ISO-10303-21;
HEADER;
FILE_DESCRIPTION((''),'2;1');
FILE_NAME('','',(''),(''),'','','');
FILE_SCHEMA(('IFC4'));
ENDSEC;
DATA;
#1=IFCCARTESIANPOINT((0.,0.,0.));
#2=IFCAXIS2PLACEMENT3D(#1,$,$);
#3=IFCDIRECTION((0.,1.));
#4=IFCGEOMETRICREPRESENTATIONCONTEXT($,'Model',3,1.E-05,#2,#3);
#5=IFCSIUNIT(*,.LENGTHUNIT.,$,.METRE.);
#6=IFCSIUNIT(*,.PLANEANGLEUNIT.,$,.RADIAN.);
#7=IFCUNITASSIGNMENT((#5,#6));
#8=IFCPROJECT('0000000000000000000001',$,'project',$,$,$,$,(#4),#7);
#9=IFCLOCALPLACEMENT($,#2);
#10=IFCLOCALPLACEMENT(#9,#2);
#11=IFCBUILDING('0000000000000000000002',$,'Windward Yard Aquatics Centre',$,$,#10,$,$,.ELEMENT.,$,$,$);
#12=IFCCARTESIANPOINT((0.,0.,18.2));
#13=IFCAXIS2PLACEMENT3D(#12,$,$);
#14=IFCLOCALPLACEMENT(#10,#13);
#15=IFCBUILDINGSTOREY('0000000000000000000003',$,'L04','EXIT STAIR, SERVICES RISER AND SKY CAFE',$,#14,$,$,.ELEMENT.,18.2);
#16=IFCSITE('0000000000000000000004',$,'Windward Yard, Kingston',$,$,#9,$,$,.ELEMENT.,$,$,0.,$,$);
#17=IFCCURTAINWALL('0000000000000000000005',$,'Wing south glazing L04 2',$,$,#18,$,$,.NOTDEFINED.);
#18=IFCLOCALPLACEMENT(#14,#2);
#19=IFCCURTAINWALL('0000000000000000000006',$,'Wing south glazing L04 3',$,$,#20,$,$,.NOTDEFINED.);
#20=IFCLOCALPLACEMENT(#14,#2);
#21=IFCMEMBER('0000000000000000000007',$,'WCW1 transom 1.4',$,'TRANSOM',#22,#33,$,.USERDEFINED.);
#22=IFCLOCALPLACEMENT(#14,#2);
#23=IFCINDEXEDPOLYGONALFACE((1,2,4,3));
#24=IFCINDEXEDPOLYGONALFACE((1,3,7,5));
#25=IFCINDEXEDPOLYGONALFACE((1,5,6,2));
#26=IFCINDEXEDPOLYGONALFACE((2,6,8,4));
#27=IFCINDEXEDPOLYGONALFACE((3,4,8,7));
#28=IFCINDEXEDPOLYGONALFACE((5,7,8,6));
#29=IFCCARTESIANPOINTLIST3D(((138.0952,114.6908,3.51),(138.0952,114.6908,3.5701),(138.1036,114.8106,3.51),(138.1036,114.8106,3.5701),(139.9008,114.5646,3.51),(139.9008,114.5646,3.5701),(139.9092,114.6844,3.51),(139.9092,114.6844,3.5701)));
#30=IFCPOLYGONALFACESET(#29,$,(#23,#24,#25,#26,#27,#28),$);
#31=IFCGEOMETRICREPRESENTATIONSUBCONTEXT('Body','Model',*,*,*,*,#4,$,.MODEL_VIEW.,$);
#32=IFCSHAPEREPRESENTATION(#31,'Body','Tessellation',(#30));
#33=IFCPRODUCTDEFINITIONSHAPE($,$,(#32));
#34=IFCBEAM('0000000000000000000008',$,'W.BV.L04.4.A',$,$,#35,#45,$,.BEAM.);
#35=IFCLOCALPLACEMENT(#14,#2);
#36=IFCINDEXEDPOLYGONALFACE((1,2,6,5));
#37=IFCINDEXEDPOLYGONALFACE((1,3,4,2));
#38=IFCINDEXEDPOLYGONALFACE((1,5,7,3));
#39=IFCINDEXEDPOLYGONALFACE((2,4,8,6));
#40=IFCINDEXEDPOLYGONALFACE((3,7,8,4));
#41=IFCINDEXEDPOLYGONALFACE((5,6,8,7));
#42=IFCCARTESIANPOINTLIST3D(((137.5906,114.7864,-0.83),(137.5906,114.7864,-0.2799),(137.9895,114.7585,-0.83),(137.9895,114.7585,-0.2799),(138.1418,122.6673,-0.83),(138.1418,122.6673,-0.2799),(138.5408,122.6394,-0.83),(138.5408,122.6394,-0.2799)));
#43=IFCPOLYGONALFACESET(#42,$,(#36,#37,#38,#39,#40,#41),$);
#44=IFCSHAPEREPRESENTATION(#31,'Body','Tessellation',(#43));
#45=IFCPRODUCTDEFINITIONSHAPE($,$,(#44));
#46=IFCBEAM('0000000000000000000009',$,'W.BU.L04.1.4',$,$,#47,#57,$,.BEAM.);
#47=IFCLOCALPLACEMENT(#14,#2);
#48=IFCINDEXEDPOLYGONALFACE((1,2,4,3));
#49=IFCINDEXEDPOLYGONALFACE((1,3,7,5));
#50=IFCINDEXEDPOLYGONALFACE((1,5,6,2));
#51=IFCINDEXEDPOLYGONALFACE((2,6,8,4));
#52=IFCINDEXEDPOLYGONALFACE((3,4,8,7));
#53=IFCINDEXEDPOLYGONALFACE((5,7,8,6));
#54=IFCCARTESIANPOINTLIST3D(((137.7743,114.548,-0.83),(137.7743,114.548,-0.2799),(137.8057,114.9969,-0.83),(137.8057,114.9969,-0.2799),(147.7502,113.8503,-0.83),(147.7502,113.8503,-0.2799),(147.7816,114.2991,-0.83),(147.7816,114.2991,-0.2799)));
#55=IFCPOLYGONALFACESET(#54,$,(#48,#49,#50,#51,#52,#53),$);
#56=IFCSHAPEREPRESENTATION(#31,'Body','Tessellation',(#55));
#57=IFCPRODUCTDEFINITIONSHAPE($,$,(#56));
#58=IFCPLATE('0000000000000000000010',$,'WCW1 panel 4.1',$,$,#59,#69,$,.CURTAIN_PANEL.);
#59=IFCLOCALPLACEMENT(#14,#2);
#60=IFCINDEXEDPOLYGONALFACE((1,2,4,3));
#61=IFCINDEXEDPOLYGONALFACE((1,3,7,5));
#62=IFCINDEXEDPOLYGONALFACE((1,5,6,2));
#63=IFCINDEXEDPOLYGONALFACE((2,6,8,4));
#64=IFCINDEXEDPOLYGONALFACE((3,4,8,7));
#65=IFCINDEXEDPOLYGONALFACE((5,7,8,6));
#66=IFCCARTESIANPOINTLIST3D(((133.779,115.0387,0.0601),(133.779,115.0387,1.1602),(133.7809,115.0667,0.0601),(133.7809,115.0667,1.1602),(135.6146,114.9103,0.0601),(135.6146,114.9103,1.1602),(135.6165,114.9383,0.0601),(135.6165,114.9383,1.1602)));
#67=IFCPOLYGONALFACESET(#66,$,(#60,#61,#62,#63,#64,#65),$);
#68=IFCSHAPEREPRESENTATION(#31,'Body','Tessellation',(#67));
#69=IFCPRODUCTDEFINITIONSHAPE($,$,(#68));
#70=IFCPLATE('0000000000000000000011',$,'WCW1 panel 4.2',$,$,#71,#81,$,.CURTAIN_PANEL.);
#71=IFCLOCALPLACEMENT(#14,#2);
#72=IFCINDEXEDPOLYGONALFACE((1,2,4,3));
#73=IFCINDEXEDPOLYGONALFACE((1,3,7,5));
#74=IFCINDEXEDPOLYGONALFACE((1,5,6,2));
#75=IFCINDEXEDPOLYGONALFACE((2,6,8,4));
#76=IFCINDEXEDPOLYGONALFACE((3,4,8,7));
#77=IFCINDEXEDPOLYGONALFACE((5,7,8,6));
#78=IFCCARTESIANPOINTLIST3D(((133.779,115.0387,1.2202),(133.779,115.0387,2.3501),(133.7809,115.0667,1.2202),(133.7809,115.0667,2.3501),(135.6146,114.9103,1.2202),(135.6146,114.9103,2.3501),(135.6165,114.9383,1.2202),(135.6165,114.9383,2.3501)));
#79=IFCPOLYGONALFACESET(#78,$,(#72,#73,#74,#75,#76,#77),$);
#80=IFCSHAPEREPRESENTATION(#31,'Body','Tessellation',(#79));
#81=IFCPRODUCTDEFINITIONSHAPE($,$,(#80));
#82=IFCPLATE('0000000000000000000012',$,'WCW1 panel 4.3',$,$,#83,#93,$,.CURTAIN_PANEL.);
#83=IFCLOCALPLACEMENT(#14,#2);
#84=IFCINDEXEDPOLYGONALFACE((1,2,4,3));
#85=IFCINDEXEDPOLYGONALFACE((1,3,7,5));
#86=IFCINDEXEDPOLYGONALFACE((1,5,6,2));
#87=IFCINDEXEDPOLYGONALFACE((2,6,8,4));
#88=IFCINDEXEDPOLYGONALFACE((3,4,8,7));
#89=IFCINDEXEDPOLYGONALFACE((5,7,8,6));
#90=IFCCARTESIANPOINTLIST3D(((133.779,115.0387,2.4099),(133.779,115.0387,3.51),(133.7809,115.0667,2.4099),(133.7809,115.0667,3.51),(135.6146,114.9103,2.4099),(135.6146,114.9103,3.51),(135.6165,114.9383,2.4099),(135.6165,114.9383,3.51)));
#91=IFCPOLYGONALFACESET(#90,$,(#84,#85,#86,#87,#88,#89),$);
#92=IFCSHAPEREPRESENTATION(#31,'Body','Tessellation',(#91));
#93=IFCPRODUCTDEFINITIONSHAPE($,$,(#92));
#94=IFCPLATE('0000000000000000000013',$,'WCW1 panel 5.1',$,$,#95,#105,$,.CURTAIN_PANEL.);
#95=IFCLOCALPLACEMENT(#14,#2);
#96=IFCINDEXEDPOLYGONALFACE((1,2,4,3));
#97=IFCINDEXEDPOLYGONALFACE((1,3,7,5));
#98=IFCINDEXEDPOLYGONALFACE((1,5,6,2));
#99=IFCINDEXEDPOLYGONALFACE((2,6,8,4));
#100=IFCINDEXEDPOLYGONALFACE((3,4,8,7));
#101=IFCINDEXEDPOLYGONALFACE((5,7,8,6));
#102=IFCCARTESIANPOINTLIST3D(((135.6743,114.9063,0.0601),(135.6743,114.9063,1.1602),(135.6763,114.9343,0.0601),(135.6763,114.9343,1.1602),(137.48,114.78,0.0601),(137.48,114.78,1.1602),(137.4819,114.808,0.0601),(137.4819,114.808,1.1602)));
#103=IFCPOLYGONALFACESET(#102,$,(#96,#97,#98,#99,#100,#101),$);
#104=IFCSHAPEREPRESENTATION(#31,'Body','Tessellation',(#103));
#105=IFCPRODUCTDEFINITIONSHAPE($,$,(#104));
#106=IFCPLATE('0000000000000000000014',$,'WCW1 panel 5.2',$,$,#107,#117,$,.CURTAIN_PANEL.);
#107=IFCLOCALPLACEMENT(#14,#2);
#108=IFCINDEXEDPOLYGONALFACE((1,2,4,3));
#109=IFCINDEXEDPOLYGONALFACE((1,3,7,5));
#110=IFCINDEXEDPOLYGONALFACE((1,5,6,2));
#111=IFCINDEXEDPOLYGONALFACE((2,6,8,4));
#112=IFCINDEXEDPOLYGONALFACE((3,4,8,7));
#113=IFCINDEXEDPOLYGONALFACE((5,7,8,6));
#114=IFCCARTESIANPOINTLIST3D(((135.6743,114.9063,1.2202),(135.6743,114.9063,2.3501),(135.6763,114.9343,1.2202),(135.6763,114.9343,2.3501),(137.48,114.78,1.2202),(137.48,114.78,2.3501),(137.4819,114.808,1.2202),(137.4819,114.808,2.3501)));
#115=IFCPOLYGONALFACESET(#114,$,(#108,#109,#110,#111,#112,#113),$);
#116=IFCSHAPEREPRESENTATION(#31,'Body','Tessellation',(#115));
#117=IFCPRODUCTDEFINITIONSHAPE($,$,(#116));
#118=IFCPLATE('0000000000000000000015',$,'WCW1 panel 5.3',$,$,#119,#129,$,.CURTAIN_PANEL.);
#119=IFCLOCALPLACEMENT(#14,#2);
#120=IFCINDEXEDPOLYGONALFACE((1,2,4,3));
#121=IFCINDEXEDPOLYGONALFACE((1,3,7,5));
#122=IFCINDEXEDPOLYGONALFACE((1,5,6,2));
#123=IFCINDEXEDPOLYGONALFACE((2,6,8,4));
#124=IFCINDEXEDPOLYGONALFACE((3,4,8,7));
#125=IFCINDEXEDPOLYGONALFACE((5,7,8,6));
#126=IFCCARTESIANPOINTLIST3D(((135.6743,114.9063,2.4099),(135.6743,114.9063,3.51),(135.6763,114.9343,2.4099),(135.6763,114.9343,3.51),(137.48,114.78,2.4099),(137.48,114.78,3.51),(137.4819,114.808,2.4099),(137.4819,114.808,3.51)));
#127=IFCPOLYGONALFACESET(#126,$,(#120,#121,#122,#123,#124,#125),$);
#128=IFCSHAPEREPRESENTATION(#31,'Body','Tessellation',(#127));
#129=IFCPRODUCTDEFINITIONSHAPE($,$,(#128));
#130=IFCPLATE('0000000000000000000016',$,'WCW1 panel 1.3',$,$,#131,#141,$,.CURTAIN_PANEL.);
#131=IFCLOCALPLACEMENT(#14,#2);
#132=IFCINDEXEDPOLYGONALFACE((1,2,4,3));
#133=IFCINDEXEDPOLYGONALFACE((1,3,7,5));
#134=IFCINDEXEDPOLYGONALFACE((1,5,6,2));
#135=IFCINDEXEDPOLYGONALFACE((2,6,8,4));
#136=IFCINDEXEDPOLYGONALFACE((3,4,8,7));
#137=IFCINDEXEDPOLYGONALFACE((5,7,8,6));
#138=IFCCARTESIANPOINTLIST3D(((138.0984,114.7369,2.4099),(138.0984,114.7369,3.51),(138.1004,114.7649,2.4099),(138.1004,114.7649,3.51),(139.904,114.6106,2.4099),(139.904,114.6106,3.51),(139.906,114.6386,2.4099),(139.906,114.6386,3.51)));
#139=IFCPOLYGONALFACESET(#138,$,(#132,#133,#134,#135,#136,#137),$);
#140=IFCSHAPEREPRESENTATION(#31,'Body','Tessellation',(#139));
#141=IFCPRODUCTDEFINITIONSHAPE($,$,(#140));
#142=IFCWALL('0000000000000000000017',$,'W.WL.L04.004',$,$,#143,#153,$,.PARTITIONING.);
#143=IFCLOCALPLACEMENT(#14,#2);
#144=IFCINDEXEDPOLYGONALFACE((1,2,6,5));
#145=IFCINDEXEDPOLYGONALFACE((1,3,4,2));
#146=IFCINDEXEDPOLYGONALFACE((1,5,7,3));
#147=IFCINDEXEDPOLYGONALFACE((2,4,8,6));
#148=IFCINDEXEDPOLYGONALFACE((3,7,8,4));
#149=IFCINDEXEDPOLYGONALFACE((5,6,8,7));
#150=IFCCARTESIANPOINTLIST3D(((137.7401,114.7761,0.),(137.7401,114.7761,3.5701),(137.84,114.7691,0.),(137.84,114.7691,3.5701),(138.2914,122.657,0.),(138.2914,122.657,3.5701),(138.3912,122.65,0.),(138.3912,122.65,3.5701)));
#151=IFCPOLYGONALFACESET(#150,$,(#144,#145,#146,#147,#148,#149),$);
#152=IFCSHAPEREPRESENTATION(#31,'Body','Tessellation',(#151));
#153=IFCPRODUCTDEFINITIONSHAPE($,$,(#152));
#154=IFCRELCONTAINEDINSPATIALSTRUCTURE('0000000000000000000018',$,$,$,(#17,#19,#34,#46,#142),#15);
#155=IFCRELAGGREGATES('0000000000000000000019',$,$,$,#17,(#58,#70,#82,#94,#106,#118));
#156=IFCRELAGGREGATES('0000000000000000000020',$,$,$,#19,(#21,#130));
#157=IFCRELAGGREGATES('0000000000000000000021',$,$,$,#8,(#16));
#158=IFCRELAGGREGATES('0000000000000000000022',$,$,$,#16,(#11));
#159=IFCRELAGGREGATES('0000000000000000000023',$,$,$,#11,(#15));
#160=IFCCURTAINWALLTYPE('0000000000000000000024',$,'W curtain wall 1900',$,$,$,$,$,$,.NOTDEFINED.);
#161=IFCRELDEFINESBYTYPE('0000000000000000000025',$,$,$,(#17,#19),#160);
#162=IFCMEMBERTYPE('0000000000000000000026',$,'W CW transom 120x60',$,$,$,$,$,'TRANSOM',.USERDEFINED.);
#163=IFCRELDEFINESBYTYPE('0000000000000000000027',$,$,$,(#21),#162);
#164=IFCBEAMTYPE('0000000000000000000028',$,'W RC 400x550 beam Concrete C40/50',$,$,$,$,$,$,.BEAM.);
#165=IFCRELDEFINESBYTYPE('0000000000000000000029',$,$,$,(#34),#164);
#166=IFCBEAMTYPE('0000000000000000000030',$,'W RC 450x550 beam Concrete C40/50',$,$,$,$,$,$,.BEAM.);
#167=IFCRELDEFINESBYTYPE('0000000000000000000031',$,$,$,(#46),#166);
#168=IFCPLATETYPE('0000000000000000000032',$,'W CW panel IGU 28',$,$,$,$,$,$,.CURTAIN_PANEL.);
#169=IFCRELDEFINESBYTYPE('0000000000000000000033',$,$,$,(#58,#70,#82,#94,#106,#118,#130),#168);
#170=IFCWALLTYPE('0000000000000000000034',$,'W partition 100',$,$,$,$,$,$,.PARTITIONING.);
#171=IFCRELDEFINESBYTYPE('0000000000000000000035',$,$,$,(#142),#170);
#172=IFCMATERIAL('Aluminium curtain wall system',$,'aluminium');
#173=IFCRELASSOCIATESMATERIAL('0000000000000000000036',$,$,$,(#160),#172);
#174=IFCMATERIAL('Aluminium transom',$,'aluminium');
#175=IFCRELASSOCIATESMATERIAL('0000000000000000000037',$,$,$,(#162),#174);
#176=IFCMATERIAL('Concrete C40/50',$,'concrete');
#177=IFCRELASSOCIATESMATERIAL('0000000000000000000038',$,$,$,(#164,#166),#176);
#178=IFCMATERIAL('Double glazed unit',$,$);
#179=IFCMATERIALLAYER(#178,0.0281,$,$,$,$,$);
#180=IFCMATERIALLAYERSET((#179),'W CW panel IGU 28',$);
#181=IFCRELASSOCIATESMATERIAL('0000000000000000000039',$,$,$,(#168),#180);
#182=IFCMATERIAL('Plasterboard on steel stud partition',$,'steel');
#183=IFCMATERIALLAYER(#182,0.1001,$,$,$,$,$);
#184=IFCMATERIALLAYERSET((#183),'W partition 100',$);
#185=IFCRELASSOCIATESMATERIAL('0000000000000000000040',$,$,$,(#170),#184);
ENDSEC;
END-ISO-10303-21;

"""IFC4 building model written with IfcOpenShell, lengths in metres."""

from ifc_helpers import new_model, si_unit, direction, frame, frame_2d, origin, origin_2d, place, context, subcontext, project, spatial, rectangle, extrude, material, layer, layer_set, material_profile, profile_set, type_object, element, aggregate, save


model = new_model("IFC4")

# Units and contexts
model_context = context("Model", 3, precision=1e-05, world=origin(), true_north=direction((0.0, 1.0)))
body_context = subcontext(model_context, "Body", "Model", "MODEL_VIEW")
ifc_project = project(units=[si_unit("LENGTHUNIT", "METRE"), si_unit("PLANEANGLEUNIT", "RADIAN")], contexts=[model_context])

# Site, building, storey
site_placement = place(None, origin())
site = spatial("IfcSite", under=ifc_project, at=site_placement, Name="Windward Yard, Kingston", CompositionType="ELEMENT", RefElevation=0.0)
building_placement = place(site_placement, origin())
building = spatial("IfcBuilding", under=site, at=building_placement, Name="Windward Yard Aquatics Centre", CompositionType="ELEMENT")
storey_placement = place(building_placement, frame((0.0, 0.0, 18.2)))
storey = spatial("IfcBuildingStorey", under=building, at=storey_placement, Name="L04", Description="EXIT STAIR, SERVICES RISER AND SKY CAFE", CompositionType="ELEMENT", Elevation=18.2)

# Curtain wall
ifc_material_1 = material(Name="Aluminium curtain wall system", Category="aluminium")
curtain_wall_type = type_object("IfcCurtainWallType", Name="W curtain wall 1900", PredefinedType="NOTDEFINED", material=ifc_material_1)
curtain_wall_1_placement = place(storey_placement, origin())
curtain_wall_1 = element("IfcCurtainWall", 1, at=curtain_wall_1_placement, inside=storey, type_object=curtain_wall_type, Name="Wing south glazing L04 2", PredefinedType="NOTDEFINED")

# Curtain wall
curtain_wall_2_placement = place(storey_placement, origin())
curtain_wall_2 = element("IfcCurtainWall", 2, at=curtain_wall_2_placement, inside=storey, type_object=curtain_wall_type, Name="Wing south glazing L04 3", PredefinedType="NOTDEFINED")

# Member
ifc_material_2 = material(Name="Aluminium transom", Category="aluminium")
ifc_material_profile_1 = material_profile(ifc_material_2, rectangle(XDim=0.1201, YDim=0.0601, at=origin_2d()), Name="AL 120x60")
ifc_profile_set_1 = profile_set([ifc_material_profile_1], Name="Aluminium transom")
member_type_1 = type_object("IfcMemberType", Name="W CW transom 120x60", ElementType="TRANSOM", PredefinedType="USERDEFINED", material=ifc_profile_set_1)
member_1_placement = place(storey_placement, frame((138.0994, 114.7507, 3.54), z_axis=(0.997566, -0.069732, 0.0), x_axis=(0.069732, 0.997566, 0.0)))
member_1 = element("IfcMember", 3, at=member_1_placement, type_object=member_type_1, Name="WCW1 transom 1.4", ObjectType="TRANSOM", PredefinedType="USERDEFINED", context=body_context, shape_type="SweptSolid", body=[
    extrude(rectangle(XDim=0.1201, YDim=0.0601, at=origin_2d()), origin(), (0.0, 0.0, 1.0), 1.8101),
])

# Beams
ifc_material_3 = material(Name="Concrete C40/50", Category="concrete")
ifc_material_profile_2 = material_profile(ifc_material_3, rectangle(XDim=0.3999, YDim=0.55, at=origin_2d()), Name="RC 400x550")
ifc_profile_set_2 = profile_set([ifc_material_profile_2], Name="Concrete C40/50")
beam_type_1 = type_object("IfcBeamType", Name="W RC 400x550 beam Concrete C40/50", PredefinedType="BEAM", material=ifc_profile_set_2)
beam_1_placement = place(storey_placement, frame((137.79, 114.7725, -0.5549), z_axis=(0.06978, 0.997562, 0.0), x_axis=(-0.997562, 0.06978, 0.0)))
element("IfcBeam", 4, at=beam_1_placement, inside=storey, type_object=beam_type_1, Name="W.BV.L04.4.A", PredefinedType="BEAM", context=body_context, shape_type="SweptSolid", body=[
    extrude(rectangle(XDim=0.3999, YDim=0.55, at=origin_2d()), origin(), (0.0, 0.0, 1.0), 7.9001),
])
ifc_material_profile_3 = material_profile(ifc_material_3, rectangle(XDim=0.45, YDim=0.55, at=origin_2d()), Name="RC 450x550")
ifc_profile_set_3 = profile_set([ifc_material_profile_3], Name="Concrete C40/50")
beam_type_2 = type_object("IfcBeamType", Name="W RC 450x550 beam Concrete C40/50", PredefinedType="BEAM", material=ifc_profile_set_3)
beam_2_placement = place(storey_placement, frame((137.79, 114.7725, -0.5549), z_axis=(0.997563, -0.069774, 0.0), x_axis=(0.069774, 0.997563, 0.0)))
element("IfcBeam", 5, at=beam_2_placement, inside=storey, type_object=beam_type_2, Name="W.BU.L04.1.4", PredefinedType="BEAM", context=body_context, shape_type="SweptSolid", body=[
    extrude(rectangle(XDim=0.45, YDim=0.55, at=origin_2d()), origin(), (0.0, 0.0, 1.0), 10.0002),
])

# Plates
ifc_material_4 = material(Name="Double glazed unit")
ifc_layer_1 = layer(ifc_material_4, 0.0281)
ifc_layer_set_1 = layer_set([ifc_layer_1], Name="W CW panel IGU 28")
plate_type = type_object("IfcPlateType", Name="W CW panel IGU 28", PredefinedType="CURTAIN_PANEL", material=ifc_layer_set_1)
plate_1_placement = place(storey_placement, frame((134.6978, 114.9885, 0.0601), z_axis=(0.0, 0.0, 1.0), x_axis=(0.997564, -0.069758, 0.0)))
plate_1 = element("IfcPlate", 6, at=plate_1_placement, type_object=plate_type, Name="WCW1 panel 4.1", PredefinedType="CURTAIN_PANEL", context=body_context, shape_type="SweptSolid", body=[
    extrude(rectangle(XDim=1.8401, YDim=0.0281, at=origin_2d()), origin(), (0.0, 0.0, 1.0), 1.1001),
])
plate_2_placement = place(storey_placement, frame((134.6978, 114.9885, 1.2202), z_axis=(0.0, 0.0, 1.0), x_axis=(0.997564, -0.069758, 0.0)))
plate_2 = element("IfcPlate", 7, at=plate_2_placement, type_object=plate_type, Name="WCW1 panel 4.2", PredefinedType="CURTAIN_PANEL", context=body_context, shape_type="SweptSolid", body=[
    extrude(rectangle(XDim=1.8401, YDim=0.0281, at=origin_2d()), origin(), (0.0, 0.0, 1.0), 1.1299),
])
plate_3_placement = place(storey_placement, frame((134.6978, 114.9885, 2.4099), z_axis=(0.0, 0.0, 1.0), x_axis=(0.997564, -0.069758, 0.0)))
plate_3 = element("IfcPlate", 8, at=plate_3_placement, type_object=plate_type, Name="WCW1 panel 4.3", PredefinedType="CURTAIN_PANEL", context=body_context, shape_type="SweptSolid", body=[
    extrude(rectangle(XDim=1.8401, YDim=0.0281, at=origin_2d()), origin(), (0.0, 0.0, 1.0), 1.1001),
])
plate_4_placement = place(storey_placement, frame((136.5781, 114.8572, 0.0601), z_axis=(0.0, 0.0, 1.0), x_axis=(0.997564, -0.069758, 0.0)))
plate_4 = element("IfcPlate", 9, at=plate_4_placement, type_object=plate_type, Name="WCW1 panel 5.1", PredefinedType="CURTAIN_PANEL", context=body_context, shape_type="SweptSolid", body=[
    extrude(rectangle(XDim=1.8101, YDim=0.0281, at=origin_2d()), origin(), (0.0, 0.0, 1.0), 1.1001),
])
plate_5_placement = place(storey_placement, frame((136.5781, 114.8572, 1.2202), z_axis=(0.0, 0.0, 1.0), x_axis=(0.997564, -0.069758, 0.0)))
plate_5 = element("IfcPlate", 10, at=plate_5_placement, type_object=plate_type, Name="WCW1 panel 5.2", PredefinedType="CURTAIN_PANEL", context=body_context, shape_type="SweptSolid", body=[
    extrude(rectangle(XDim=1.8101, YDim=0.0281, at=origin_2d()), origin(), (0.0, 0.0, 1.0), 1.1299),
])
plate_6_placement = place(storey_placement, frame((136.5781, 114.8572, 2.4099), z_axis=(0.0, 0.0, 1.0), x_axis=(0.997564, -0.069758, 0.0)))
plate_6 = element("IfcPlate", 11, at=plate_6_placement, type_object=plate_type, Name="WCW1 panel 5.3", PredefinedType="CURTAIN_PANEL", context=body_context, shape_type="SweptSolid", body=[
    extrude(rectangle(XDim=1.8101, YDim=0.0281, at=origin_2d()), origin(), (0.0, 0.0, 1.0), 1.1001),
])
aggregate(curtain_wall_1, [plate_1, plate_2, plate_3, plate_4, plate_5, plate_6])
plate_7_placement = place(storey_placement, frame((139.0022, 114.6877, 2.4099), z_axis=(0.0, 0.0, 1.0), x_axis=(0.997564, -0.069758, 0.0)))
plate_7 = element("IfcPlate", 12, at=plate_7_placement, type_object=plate_type, Name="WCW1 panel 1.3", PredefinedType="CURTAIN_PANEL", context=body_context, shape_type="SweptSolid", body=[
    extrude(rectangle(XDim=1.8101, YDim=0.0281, at=origin_2d()), origin(), (0.0, 0.0, 1.0), 1.1001),
])
aggregate(curtain_wall_2, [member_1, plate_7])

# Wall
ifc_material_5 = material(Name="Plasterboard on steel stud partition", Category="steel")
ifc_layer_2 = layer(ifc_material_5, 0.1001)
ifc_layer_set_2 = layer_set([ifc_layer_2], Name="W partition 100")
wall_type = type_object("IfcWallType", Name="W partition 100", PredefinedType="PARTITIONING", material=ifc_layer_set_2)
wall_placement = place(storey_placement, frame((137.79, 114.7725, 0.0), z_axis=(0.0, 0.0, 1.0), x_axis=(0.06978, 0.997562, 0.0)))
element("IfcWall", 13, at=wall_placement, inside=storey, type_object=wall_type, Name="W.WL.L04.004", PredefinedType="PARTITIONING", context=body_context, shape_type="SweptSolid", body=[
    extrude(rectangle(XDim=7.9001, YDim=0.1001, at=frame_2d((3.9502, 0.0))), origin(), (0.0, 0.0, 1.0), 3.5701),
])

save(model, "model.ifc")
